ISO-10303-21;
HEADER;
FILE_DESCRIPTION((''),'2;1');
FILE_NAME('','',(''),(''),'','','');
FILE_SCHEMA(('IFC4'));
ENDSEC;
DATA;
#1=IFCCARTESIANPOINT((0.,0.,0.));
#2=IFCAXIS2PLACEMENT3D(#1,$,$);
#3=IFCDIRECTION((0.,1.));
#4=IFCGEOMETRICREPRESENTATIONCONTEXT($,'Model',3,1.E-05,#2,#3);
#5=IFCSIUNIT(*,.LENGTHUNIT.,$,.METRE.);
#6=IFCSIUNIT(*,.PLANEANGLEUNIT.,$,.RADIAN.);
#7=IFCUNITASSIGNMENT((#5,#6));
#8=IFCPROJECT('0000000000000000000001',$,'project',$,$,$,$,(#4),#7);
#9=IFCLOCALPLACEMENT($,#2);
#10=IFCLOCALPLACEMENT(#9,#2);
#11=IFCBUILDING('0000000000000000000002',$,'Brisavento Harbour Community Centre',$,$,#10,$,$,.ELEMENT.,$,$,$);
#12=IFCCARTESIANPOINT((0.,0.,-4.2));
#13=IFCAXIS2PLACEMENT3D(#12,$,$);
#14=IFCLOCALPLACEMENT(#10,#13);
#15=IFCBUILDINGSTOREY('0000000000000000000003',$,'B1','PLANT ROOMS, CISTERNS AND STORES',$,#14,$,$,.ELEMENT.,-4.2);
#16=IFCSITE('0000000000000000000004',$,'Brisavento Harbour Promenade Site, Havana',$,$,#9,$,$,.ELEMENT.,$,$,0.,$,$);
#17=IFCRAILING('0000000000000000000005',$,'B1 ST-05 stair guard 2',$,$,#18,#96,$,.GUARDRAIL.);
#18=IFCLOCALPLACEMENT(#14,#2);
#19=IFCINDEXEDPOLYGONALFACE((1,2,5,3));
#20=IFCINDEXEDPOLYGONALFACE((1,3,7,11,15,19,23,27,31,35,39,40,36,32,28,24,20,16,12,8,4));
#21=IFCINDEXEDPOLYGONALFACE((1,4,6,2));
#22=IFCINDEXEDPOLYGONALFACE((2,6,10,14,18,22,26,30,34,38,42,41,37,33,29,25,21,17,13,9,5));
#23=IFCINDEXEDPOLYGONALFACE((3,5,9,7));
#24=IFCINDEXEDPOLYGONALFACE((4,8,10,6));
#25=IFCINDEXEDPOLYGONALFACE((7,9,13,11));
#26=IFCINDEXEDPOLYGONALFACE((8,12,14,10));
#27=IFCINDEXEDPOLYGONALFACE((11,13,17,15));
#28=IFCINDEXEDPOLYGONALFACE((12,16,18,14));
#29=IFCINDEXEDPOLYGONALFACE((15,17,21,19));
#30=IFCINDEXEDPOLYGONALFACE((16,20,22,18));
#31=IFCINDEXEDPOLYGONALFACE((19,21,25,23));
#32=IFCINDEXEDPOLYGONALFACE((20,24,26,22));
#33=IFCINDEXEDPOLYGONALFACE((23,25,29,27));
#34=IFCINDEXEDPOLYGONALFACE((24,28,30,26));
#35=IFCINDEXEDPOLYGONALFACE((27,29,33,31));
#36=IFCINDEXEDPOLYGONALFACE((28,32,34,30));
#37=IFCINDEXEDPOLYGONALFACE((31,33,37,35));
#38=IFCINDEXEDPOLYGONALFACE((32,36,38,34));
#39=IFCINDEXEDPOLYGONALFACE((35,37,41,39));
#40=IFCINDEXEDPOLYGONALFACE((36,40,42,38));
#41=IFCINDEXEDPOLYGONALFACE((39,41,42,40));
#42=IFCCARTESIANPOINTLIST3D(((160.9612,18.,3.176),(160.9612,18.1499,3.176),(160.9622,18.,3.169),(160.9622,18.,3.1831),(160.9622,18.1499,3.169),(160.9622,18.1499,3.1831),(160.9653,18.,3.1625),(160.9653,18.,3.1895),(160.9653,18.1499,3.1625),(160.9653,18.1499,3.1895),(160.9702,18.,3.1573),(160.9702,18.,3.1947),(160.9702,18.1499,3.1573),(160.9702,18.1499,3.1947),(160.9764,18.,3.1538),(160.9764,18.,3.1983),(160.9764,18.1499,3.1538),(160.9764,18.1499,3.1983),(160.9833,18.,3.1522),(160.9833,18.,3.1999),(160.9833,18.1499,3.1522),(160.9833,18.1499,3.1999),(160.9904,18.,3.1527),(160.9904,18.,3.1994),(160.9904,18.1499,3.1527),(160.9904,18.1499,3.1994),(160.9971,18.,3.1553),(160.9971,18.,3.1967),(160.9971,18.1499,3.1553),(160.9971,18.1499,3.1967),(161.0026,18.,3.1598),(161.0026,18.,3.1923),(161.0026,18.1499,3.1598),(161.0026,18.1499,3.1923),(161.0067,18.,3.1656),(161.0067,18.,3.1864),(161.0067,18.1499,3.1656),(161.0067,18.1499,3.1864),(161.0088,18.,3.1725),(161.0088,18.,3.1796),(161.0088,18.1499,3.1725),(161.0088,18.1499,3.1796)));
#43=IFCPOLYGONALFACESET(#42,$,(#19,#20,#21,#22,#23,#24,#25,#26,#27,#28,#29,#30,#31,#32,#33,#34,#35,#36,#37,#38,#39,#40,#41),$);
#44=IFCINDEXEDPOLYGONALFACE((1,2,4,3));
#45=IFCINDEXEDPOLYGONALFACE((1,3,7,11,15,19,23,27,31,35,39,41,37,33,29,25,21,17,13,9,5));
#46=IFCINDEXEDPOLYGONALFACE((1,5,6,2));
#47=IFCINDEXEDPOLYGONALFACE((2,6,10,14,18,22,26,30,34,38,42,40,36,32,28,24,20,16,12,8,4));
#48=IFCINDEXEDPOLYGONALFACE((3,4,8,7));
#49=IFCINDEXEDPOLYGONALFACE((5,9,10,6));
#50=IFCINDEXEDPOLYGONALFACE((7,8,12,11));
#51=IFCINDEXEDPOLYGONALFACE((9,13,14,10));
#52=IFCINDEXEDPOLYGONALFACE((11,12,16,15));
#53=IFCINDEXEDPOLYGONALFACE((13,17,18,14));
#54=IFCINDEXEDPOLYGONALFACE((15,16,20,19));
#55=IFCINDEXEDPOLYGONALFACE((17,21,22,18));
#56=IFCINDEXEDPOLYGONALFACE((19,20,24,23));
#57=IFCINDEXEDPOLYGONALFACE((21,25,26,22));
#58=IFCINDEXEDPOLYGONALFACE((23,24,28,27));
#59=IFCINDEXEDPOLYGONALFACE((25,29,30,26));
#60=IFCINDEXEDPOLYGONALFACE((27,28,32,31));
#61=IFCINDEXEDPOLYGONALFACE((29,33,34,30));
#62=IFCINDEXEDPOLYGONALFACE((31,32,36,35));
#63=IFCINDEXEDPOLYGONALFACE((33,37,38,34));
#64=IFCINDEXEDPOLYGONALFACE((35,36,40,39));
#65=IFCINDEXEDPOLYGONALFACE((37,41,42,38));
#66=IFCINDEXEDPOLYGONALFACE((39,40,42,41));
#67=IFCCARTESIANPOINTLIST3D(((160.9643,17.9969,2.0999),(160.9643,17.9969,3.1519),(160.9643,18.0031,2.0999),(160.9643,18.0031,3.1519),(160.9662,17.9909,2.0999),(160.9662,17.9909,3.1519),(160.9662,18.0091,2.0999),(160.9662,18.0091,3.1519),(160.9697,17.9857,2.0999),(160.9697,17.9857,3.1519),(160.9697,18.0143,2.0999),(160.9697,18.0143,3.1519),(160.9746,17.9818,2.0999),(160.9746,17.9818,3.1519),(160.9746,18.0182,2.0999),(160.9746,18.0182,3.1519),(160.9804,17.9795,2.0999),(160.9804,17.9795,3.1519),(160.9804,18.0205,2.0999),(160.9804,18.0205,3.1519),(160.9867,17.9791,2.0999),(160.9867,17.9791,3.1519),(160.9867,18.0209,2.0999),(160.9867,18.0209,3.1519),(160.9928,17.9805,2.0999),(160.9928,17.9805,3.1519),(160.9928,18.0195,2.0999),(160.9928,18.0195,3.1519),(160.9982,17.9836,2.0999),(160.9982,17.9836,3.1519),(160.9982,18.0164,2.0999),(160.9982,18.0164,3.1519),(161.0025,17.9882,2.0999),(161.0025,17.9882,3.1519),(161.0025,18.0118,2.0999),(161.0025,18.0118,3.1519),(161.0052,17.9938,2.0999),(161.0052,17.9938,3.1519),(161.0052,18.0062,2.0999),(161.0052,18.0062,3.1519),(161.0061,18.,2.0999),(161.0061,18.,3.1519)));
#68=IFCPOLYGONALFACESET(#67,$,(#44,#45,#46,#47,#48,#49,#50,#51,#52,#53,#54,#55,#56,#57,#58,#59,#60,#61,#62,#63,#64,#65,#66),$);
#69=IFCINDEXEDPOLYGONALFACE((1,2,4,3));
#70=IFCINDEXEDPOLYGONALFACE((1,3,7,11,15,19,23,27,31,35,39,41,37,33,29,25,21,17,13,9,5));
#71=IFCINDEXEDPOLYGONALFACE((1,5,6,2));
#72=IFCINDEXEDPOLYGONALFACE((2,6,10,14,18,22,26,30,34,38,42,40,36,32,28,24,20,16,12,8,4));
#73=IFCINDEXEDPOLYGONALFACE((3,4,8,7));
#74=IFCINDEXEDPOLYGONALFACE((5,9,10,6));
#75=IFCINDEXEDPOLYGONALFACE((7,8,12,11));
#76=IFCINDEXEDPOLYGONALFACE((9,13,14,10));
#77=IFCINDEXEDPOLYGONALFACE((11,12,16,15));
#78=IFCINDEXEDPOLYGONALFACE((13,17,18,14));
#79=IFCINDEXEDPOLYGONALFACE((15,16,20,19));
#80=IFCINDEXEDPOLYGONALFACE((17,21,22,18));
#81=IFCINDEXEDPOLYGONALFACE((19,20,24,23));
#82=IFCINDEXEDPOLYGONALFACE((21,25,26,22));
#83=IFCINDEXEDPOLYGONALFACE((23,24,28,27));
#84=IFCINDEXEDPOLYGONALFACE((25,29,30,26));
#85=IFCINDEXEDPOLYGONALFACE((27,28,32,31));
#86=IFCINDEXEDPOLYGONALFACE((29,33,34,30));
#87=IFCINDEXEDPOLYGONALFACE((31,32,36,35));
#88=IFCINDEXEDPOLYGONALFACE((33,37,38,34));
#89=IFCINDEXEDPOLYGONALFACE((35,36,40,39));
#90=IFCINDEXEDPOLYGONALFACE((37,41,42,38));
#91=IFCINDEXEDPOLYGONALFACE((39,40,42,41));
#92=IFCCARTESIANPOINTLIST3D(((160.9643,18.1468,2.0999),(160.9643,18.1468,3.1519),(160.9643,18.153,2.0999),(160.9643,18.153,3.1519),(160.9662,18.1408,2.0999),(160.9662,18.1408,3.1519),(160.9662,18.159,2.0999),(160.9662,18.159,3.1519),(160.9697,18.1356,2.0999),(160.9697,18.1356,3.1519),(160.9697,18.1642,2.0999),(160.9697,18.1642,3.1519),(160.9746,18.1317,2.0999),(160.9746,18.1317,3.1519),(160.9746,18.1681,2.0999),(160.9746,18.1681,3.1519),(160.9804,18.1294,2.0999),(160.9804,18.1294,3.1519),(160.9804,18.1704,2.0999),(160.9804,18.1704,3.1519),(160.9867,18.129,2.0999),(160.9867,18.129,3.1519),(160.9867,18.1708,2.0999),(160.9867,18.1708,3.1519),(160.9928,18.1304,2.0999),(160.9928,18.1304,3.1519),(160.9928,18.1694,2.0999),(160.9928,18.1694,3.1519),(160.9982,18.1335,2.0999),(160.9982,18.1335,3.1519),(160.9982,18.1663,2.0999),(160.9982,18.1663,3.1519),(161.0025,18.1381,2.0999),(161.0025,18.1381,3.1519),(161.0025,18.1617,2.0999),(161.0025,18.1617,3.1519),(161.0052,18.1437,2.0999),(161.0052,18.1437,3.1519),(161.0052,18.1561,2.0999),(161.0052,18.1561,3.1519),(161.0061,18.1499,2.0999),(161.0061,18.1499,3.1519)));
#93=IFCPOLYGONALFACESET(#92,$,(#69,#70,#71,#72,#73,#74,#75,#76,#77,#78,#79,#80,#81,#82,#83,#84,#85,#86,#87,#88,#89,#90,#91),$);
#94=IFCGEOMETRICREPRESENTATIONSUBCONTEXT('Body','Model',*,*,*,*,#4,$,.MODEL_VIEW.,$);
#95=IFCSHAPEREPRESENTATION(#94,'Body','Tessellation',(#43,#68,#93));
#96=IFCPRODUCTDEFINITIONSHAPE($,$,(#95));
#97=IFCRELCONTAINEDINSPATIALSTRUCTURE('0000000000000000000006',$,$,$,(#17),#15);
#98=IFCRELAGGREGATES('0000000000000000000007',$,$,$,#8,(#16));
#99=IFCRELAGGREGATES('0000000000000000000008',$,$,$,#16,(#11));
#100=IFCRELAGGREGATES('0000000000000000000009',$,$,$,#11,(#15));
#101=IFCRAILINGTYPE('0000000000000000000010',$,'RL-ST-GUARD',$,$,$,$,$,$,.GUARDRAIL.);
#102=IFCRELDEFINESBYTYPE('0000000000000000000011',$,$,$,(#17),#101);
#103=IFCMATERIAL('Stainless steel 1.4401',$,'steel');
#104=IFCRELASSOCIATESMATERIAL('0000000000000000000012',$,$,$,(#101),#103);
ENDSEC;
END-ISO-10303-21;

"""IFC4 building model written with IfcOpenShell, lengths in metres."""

from ifc_helpers import new_model, si_unit, direction, frame, origin, origin_2d, place, context, subcontext, project, spatial, circle, extrude, material, type_object, element, save


model = new_model("IFC4")

# Units and contexts
model_context = context("Model", 3, precision=1e-05, world=origin(), true_north=direction((0.0, 1.0)))
body_context = subcontext(model_context, "Body", "Model", "MODEL_VIEW")
ifc_project = project(units=[si_unit("LENGTHUNIT", "METRE"), si_unit("PLANEANGLEUNIT", "RADIAN")], contexts=[model_context])

# Site, building, storey
site_placement = place(None, origin())
site = spatial("IfcSite", under=ifc_project, at=site_placement, Name="Brisavento Harbour Promenade Site, Havana", CompositionType="ELEMENT", RefElevation=0.0)
building_placement = place(site_placement, origin())
building = spatial("IfcBuilding", under=site, at=building_placement, Name="Brisavento Harbour Community Centre", CompositionType="ELEMENT")
storey_placement = place(building_placement, frame((0.0, 0.0, -4.2)))
storey = spatial("IfcBuildingStorey", under=building, at=storey_placement, Name="B1", Description="PLANT ROOMS, CISTERNS AND STORES", CompositionType="ELEMENT", Elevation=-4.2)

# Railing
ifc_material_1 = material(Name="Stainless steel 1.4401", Category="steel")
railing_type_1 = type_object("IfcRailingType", Name="RL-ST-GUARD", PredefinedType="GUARDRAIL", material=ifc_material_1)
railing_1_placement = place(storey_placement, frame((160.9851, 18.0, 2.0999)))
element("IfcRailing", 1, at=railing_1_placement, inside=storey, type_object=railing_type_1, Name="B1 ST-05 stair guard 2", PredefinedType="GUARDRAIL", context=body_context, shape_type="SweptSolid", body=[
    extrude(circle(Radius=0.0239, at=origin_2d()), frame((0.0, 0.0, 1.0762), z_axis=(0.0, 1.0, 0.0), x_axis=(-1.0, 0.0, 0.0)), (0.0, 0.0, 1.0), 0.1499),
    extrude(circle(Radius=0.021, at=origin_2d()), origin(), (0.0, 0.0, 1.0), 1.052),
    extrude(circle(Radius=0.021, at=origin_2d()), frame((0.0, 0.1499, 0.0)), (0.0, 0.0, 1.0), 1.052),
])

save(model, "model.ifc")
